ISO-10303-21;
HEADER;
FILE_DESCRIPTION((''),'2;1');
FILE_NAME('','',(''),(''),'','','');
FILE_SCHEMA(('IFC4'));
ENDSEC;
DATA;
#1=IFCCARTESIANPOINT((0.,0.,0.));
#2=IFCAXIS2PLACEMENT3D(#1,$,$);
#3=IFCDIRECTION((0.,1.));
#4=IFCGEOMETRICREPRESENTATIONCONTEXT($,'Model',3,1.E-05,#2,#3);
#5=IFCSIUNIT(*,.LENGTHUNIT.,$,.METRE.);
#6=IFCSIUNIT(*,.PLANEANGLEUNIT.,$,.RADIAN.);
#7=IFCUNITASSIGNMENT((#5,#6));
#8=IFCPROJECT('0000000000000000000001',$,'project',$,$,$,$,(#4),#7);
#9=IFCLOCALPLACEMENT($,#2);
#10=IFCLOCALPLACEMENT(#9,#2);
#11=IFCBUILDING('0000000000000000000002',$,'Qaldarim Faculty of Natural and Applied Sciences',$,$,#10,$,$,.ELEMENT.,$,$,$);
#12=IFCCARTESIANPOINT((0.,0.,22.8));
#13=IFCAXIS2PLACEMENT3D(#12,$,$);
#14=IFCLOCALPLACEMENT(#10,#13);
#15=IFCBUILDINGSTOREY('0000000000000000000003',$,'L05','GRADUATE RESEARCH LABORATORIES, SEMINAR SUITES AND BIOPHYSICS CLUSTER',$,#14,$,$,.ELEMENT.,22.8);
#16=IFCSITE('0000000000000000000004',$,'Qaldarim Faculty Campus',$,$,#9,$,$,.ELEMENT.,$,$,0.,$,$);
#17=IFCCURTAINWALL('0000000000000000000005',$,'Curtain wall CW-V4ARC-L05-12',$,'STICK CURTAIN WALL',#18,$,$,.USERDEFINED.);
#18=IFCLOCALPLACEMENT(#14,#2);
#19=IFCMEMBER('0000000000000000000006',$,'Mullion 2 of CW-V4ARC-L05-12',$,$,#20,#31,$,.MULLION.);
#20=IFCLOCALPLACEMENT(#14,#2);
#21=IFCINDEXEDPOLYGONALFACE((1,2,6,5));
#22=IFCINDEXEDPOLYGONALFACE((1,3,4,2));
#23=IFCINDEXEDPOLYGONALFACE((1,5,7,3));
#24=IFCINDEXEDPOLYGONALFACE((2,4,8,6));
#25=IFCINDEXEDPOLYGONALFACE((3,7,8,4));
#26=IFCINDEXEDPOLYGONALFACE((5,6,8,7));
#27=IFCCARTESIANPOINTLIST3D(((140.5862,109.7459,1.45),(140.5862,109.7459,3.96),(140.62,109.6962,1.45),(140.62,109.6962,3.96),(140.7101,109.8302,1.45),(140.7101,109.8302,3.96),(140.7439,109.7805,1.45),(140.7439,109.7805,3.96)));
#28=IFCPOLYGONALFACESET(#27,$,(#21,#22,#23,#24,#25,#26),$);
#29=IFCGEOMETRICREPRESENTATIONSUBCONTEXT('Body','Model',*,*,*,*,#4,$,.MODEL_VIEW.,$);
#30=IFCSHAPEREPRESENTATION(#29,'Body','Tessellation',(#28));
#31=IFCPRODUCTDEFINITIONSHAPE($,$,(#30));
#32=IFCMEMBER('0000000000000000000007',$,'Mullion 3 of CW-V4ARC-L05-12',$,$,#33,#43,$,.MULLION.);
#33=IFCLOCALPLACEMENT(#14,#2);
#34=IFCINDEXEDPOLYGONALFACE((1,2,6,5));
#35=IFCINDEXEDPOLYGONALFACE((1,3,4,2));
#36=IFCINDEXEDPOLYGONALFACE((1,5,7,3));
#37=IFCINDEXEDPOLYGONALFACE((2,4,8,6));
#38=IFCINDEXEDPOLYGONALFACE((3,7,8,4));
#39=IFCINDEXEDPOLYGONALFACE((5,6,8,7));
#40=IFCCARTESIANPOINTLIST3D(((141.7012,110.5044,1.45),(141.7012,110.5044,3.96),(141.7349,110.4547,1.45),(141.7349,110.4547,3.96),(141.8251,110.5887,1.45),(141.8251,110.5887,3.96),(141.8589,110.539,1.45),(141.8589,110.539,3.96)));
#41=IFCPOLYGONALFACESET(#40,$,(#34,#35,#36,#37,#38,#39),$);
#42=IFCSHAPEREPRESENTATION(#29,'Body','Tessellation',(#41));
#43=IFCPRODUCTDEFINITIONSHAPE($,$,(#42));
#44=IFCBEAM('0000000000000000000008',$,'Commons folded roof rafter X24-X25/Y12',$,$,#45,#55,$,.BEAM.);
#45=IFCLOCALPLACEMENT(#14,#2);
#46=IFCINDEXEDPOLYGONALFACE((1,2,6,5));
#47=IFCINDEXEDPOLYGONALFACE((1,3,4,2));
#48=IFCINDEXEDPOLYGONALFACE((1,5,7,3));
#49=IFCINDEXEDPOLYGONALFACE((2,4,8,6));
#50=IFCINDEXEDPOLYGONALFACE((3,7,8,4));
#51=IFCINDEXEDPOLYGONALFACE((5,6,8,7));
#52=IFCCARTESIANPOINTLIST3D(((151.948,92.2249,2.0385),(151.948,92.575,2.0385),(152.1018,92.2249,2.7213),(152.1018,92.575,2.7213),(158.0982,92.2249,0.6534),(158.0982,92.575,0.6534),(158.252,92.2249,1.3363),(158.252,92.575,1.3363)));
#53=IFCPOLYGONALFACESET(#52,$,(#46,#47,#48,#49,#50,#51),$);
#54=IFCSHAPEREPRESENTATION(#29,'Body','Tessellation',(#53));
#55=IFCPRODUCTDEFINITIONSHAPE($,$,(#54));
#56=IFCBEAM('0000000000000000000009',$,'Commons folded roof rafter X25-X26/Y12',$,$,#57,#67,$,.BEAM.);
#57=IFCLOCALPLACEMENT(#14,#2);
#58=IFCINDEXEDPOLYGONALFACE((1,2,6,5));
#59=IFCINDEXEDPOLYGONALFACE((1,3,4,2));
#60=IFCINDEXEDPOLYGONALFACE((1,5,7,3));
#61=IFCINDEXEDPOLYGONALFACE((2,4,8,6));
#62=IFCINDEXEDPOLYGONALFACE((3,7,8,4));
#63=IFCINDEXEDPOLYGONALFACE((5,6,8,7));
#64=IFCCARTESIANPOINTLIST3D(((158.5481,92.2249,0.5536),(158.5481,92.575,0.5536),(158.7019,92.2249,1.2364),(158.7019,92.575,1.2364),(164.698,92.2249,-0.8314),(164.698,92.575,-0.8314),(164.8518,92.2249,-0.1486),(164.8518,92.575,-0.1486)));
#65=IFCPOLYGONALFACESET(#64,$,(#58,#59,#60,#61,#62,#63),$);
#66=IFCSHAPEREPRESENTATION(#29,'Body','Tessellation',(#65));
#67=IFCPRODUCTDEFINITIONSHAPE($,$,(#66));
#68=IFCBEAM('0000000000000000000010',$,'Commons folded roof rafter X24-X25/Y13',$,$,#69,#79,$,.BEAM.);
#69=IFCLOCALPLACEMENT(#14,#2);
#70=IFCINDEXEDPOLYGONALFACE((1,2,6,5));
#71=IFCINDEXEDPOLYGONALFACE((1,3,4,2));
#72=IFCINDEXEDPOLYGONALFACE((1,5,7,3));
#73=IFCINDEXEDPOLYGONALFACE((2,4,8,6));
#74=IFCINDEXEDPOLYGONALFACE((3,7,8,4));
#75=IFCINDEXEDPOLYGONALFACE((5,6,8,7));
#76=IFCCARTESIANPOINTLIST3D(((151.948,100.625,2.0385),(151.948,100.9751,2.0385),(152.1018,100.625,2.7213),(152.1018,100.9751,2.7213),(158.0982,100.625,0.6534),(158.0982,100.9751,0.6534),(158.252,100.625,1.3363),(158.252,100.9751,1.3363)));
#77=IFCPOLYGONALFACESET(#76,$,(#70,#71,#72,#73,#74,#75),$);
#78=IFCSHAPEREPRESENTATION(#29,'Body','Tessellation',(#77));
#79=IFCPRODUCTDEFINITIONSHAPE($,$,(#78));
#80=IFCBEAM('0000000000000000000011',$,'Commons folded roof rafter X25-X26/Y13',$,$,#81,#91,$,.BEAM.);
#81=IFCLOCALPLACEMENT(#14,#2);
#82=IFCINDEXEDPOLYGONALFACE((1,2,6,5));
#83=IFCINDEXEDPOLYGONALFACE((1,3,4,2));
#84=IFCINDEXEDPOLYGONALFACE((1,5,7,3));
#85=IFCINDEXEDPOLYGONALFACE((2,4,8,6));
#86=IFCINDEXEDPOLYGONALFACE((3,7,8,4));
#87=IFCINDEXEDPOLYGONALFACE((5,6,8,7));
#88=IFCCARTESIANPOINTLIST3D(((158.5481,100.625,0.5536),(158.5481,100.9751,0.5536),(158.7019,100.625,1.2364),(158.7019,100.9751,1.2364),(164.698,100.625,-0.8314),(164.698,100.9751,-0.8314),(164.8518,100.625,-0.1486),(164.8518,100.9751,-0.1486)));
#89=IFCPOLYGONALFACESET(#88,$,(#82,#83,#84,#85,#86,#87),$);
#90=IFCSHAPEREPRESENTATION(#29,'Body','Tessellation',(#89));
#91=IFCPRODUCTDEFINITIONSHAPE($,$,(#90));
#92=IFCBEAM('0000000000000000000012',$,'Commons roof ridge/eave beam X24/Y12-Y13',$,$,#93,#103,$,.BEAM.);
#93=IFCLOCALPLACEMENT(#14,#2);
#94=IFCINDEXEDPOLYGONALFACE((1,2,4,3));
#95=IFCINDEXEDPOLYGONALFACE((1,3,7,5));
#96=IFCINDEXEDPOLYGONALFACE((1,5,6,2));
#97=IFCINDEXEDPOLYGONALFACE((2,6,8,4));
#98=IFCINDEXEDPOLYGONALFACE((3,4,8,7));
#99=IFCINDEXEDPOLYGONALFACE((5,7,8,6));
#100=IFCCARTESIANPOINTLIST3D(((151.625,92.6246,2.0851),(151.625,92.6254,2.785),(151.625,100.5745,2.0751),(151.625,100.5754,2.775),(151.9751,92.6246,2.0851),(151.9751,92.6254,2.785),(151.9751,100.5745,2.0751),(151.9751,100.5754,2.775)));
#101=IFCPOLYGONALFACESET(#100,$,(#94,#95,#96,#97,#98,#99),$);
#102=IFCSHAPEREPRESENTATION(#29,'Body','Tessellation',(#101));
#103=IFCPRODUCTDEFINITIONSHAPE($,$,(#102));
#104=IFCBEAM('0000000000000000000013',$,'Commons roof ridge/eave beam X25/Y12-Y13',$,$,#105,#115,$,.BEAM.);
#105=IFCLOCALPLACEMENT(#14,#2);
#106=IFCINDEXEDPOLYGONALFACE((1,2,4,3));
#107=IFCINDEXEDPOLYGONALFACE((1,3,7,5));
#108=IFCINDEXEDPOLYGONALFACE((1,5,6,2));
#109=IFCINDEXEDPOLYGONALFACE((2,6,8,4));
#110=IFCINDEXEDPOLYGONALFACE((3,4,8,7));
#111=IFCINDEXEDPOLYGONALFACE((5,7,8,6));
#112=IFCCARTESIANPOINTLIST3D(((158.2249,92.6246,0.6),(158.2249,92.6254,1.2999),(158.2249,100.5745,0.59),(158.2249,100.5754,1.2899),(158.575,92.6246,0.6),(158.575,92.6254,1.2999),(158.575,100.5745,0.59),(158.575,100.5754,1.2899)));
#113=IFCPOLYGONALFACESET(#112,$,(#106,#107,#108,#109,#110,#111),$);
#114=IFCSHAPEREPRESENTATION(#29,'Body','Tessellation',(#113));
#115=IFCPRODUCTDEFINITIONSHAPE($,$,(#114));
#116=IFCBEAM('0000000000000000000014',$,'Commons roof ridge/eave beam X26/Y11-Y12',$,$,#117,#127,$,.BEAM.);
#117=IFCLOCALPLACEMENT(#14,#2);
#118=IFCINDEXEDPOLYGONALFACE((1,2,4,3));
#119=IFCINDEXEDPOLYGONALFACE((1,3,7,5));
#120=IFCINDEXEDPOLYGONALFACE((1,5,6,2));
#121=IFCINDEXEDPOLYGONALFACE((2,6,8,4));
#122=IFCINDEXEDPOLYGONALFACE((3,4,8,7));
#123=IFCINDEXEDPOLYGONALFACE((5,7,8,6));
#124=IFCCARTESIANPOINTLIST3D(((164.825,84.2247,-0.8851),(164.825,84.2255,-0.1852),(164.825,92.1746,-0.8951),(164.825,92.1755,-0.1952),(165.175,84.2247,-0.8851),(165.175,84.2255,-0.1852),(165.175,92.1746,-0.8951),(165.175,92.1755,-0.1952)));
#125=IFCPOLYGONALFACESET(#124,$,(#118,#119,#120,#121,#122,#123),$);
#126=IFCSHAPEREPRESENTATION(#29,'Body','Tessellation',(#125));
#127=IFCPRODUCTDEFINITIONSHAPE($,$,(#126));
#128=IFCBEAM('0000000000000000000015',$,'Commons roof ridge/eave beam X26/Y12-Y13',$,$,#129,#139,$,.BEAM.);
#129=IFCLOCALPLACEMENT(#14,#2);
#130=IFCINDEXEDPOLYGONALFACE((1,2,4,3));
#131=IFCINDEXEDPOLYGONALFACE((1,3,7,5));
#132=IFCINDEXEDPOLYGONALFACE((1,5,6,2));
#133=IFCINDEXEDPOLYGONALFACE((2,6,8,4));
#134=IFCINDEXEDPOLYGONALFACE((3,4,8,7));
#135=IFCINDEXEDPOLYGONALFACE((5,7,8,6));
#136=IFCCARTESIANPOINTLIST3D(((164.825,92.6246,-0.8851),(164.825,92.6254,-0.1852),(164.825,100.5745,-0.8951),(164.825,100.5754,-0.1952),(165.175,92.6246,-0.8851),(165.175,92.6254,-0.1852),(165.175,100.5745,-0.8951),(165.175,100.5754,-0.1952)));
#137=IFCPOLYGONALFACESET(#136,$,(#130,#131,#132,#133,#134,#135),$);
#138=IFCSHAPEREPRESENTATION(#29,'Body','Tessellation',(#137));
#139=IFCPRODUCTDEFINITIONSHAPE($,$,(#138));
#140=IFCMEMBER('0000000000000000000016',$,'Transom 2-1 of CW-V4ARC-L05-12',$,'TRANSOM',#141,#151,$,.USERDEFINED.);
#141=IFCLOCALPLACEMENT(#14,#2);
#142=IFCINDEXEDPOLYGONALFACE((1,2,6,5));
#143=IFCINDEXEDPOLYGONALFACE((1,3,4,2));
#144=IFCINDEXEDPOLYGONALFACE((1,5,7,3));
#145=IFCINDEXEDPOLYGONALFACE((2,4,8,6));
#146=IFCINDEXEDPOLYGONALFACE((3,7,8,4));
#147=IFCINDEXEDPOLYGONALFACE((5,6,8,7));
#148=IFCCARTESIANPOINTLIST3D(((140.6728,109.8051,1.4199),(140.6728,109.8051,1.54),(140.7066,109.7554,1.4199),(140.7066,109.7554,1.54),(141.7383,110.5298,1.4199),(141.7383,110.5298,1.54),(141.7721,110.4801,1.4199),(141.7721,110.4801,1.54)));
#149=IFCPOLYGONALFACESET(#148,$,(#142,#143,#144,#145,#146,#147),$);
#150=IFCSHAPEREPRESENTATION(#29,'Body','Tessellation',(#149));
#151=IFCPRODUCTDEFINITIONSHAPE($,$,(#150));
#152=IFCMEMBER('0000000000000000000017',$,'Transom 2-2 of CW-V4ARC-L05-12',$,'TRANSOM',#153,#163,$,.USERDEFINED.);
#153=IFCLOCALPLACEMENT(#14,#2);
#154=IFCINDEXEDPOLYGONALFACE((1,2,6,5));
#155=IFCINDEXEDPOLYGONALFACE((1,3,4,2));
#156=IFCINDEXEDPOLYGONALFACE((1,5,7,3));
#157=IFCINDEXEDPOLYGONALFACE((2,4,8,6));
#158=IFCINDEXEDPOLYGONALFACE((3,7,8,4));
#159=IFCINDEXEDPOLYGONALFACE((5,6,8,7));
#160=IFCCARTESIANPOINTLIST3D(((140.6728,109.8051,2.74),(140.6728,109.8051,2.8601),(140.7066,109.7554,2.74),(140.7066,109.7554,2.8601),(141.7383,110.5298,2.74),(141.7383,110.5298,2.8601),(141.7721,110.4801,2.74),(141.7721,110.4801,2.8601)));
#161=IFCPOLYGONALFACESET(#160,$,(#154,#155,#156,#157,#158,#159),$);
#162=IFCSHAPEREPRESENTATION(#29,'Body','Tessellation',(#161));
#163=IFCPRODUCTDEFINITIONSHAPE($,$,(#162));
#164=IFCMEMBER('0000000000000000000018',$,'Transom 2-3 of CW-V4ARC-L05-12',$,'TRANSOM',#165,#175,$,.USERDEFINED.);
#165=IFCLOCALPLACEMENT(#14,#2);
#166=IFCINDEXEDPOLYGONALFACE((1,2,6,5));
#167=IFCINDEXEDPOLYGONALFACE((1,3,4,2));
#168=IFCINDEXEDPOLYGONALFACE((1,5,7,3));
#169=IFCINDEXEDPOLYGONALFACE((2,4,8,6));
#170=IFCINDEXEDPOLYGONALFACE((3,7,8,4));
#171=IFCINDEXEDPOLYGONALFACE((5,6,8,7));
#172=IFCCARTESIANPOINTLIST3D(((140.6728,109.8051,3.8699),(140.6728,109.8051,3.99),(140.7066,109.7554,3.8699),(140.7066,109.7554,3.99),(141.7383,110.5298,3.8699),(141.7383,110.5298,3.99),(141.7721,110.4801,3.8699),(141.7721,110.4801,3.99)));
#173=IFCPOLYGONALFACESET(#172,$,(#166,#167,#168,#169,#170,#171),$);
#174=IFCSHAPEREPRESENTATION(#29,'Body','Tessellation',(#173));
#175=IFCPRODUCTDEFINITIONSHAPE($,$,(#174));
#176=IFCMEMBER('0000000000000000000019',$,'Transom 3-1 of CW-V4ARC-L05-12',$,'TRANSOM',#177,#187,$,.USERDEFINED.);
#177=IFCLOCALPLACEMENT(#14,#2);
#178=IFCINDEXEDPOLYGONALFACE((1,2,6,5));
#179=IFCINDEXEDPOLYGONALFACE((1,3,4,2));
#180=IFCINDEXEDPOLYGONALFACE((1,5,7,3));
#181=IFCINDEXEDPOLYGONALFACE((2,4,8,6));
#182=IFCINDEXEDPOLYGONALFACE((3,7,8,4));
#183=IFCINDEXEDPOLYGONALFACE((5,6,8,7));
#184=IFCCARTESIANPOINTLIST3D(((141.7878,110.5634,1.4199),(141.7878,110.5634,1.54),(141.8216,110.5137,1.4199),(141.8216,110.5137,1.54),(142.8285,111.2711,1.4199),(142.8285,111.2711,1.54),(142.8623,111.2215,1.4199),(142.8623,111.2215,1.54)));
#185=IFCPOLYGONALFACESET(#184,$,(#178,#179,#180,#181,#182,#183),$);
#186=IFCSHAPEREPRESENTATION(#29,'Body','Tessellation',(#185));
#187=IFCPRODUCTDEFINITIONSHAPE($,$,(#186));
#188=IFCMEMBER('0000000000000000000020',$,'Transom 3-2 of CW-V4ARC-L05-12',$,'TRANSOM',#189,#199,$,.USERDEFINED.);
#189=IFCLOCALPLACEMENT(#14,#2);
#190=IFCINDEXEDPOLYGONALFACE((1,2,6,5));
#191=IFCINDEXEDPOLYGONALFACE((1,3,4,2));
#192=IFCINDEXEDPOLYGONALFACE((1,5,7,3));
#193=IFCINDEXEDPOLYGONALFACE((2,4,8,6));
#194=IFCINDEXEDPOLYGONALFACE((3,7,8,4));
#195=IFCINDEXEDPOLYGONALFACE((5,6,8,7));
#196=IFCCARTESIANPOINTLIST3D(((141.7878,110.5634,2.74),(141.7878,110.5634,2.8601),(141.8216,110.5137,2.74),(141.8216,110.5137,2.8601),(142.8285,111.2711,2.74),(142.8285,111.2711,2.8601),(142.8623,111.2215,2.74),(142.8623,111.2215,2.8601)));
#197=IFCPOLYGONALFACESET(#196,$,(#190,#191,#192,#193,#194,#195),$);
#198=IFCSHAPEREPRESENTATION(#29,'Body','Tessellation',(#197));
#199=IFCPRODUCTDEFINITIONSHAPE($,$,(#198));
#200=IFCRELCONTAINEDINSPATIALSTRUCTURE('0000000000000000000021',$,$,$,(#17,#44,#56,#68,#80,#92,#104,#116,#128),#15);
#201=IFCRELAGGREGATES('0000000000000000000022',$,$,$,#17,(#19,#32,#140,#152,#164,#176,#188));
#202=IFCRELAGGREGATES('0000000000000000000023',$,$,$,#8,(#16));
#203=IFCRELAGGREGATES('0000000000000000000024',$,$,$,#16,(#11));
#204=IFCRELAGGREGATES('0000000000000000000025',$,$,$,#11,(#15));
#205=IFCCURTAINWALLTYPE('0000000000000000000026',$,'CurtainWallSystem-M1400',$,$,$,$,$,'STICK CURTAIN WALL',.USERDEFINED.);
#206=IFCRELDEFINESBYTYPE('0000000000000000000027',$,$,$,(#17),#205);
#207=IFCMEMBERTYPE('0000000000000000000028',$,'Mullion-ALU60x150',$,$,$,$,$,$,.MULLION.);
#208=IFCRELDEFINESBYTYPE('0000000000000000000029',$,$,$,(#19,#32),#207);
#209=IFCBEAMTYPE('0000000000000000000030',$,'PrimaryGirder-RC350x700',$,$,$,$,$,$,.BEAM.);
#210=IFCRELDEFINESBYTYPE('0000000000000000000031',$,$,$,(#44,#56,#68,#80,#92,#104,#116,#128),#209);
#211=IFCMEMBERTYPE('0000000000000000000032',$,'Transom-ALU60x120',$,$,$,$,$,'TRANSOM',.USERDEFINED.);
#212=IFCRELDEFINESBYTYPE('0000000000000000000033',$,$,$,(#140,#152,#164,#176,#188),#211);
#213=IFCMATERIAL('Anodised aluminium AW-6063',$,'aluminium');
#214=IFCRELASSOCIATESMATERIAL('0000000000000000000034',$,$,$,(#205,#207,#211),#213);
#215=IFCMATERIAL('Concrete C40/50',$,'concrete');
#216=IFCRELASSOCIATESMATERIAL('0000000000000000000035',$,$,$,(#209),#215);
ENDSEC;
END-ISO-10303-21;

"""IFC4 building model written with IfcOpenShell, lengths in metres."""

from ifc_helpers import new_model, si_unit, direction, frame, origin, origin_2d, place, context, subcontext, project, spatial, rectangle, extrude, material, material_profile, profile_set, type_object, element, aggregate, save


model = new_model("IFC4")

# Units and contexts
model_context = context("Model", 3, precision=1e-05, world=origin(), true_north=direction((0.0, 1.0)))
body_context = subcontext(model_context, "Body", "Model", "MODEL_VIEW")
ifc_project = project(units=[si_unit("LENGTHUNIT", "METRE"), si_unit("PLANEANGLEUNIT", "RADIAN")], contexts=[model_context])

# Site, building, storey
site_placement = place(None, origin())
site = spatial("IfcSite", under=ifc_project, at=site_placement, Name="Qaldarim Faculty Campus", CompositionType="ELEMENT", RefElevation=0.0)
building_placement = place(site_placement, origin())
building = spatial("IfcBuilding", under=site, at=building_placement, Name="Qaldarim Faculty of Natural and Applied Sciences", CompositionType="ELEMENT")
storey_placement = place(building_placement, frame((0.0, 0.0, 22.8)))
storey = spatial("IfcBuildingStorey", under=building, at=storey_placement, Name="L05", Description="GRADUATE RESEARCH LABORATORIES, SEMINAR SUITES AND BIOPHYSICS CLUSTER", CompositionType="ELEMENT", Elevation=22.8)

# Curtain wall, members
ifc_material_1 = material(Name="Anodised aluminium AW-6063", Category="aluminium")
curtain_wall_type = type_object("IfcCurtainWallType", Name="CurtainWallSystem-M1400", ElementType="STICK CURTAIN WALL", PredefinedType="USERDEFINED", material=ifc_material_1)
curtain_wall_placement = place(storey_placement, origin())
curtain_wall = element("IfcCurtainWall", 1, at=curtain_wall_placement, inside=storey, type_object=curtain_wall_type, Name="Curtain wall CW-V4ARC-L05-12", ObjectType="STICK CURTAIN WALL", PredefinedType="USERDEFINED")
ifc_material_profile_1 = material_profile(ifc_material_1, rectangle(XDim=0.0601, YDim=0.1499, at=origin_2d()), Name="ALU-M60x150")
ifc_profile_set_1 = profile_set([ifc_material_profile_1], Name="Anodised aluminium AW-6063")
member_type_1 = type_object("IfcMemberType", Name="Mullion-ALU60x150", PredefinedType="MULLION", material=ifc_profile_set_1)
member_1_placement = place(storey_placement, frame((140.665, 109.7632, 1.45), z_axis=(0.0, 0.0, 1.0), x_axis=(-0.562372, 0.826884, 0.0)))
member_1 = element("IfcMember", 2, at=member_1_placement, type_object=member_type_1, Name="Mullion 2 of CW-V4ARC-L05-12", PredefinedType="MULLION", context=body_context, shape_type="SweptSolid", body=[
    extrude(rectangle(XDim=0.0601, YDim=0.1499, at=origin_2d()), origin(), (0.0, 0.0, 1.0), 2.51),
])
member_2_placement = place(storey_placement, frame((141.78, 110.5217, 1.45), z_axis=(0.0, 0.0, 1.0), x_axis=(-0.562372, 0.826884, 0.0)))
member_2 = element("IfcMember", 3, at=member_2_placement, type_object=member_type_1, Name="Mullion 3 of CW-V4ARC-L05-12", PredefinedType="MULLION", context=body_context, shape_type="SweptSolid", body=[
    extrude(rectangle(XDim=0.0601, YDim=0.1499, at=origin_2d()), origin(), (0.0, 0.0, 1.0), 2.51),
])

# Beams
ifc_material_2 = material(Name="Concrete C40/50", Category="concrete")
ifc_material_profile_2 = material_profile(ifc_material_2, rectangle(XDim=0.3501, YDim=0.7, at=origin_2d()), Name="RC-B350x700")
ifc_profile_set_2 = profile_set([ifc_material_profile_2], Name="Concrete C40/50")
beam_type = type_object("IfcBeamType", Name="PrimaryGirder-RC350x700", PredefinedType="BEAM", material=ifc_profile_set_2)
beam_1_placement = place(storey_placement, frame((152.0249, 92.3999, 2.3799), z_axis=(0.975568, 0.0, -0.219697), x_axis=(0.0, 1.0, 0.0)))
element("IfcBeam", 4, at=beam_1_placement, inside=storey, type_object=beam_type, Name="Commons folded roof rafter X24-X25/Y12", PredefinedType="BEAM", context=body_context, shape_type="SweptSolid", body=[
    extrude(rectangle(XDim=0.3501, YDim=0.7, at=origin_2d()), origin(), (0.0, 0.0, 1.0), 6.3042),
])
beam_2_placement = place(storey_placement, frame((158.625, 92.3999, 0.895), z_axis=(0.975566, 0.0, -0.219706), x_axis=(0.0, 1.0, 0.0)))
element("IfcBeam", 5, at=beam_2_placement, inside=storey, type_object=beam_type, Name="Commons folded roof rafter X25-X26/Y12", PredefinedType="BEAM", context=body_context, shape_type="SweptSolid", body=[
    extrude(rectangle(XDim=0.3501, YDim=0.7, at=origin_2d()), origin(), (0.0, 0.0, 1.0), 6.304),
])
beam_3_placement = place(storey_placement, frame((152.0249, 100.8, 2.3799), z_axis=(0.975568, 0.0, -0.219697), x_axis=(0.0, 1.0, 0.0)))
element("IfcBeam", 6, at=beam_3_placement, inside=storey, type_object=beam_type, Name="Commons folded roof rafter X24-X25/Y13", PredefinedType="BEAM", context=body_context, shape_type="SweptSolid", body=[
    extrude(rectangle(XDim=0.3501, YDim=0.7, at=origin_2d()), origin(), (0.0, 0.0, 1.0), 6.3042),
])
beam_4_placement = place(storey_placement, frame((158.625, 100.8, 0.895), z_axis=(0.975566, 0.0, -0.219706), x_axis=(0.0, 1.0, 0.0)))
element("IfcBeam", 7, at=beam_4_placement, inside=storey, type_object=beam_type, Name="Commons folded roof rafter X25-X26/Y13", PredefinedType="BEAM", context=body_context, shape_type="SweptSolid", body=[
    extrude(rectangle(XDim=0.3501, YDim=0.7, at=origin_2d()), origin(), (0.0, 0.0, 1.0), 6.304),
])
for number, where, z_axis, x_axis, name in (
    (8, (151.8, 92.625, 2.4351), (0.0, 0.999999, -0.001259), (-1.0, 0.0, 0.0), "Commons roof ridge/eave beam X24/Y12-Y13"),
    (9, (158.3999, 92.625, 0.95), (0.0, 0.999999, -0.001259), (-1.0, 0.0, 0.0), "Commons roof ridge/eave beam X25/Y12-Y13"),
    (10, (165.0, 84.2251, -0.5352), (0.0, 0.999999, -0.001259), (-1.0, 0.0, 0.0), "Commons roof ridge/eave beam X26/Y11-Y12"),
    (11, (165.0, 92.625, -0.5352), (0.0, 0.999999, -0.001259), (-1.0, 0.0, 0.0), "Commons roof ridge/eave beam X26/Y12-Y13"),
):
    element("IfcBeam", number, at=place(storey_placement, frame(where, z_axis=z_axis, x_axis=x_axis)), inside=storey, type_object=beam_type, Name=name, PredefinedType="BEAM", context=body_context, shape_type="SweptSolid", body=[
        extrude(rectangle(XDim=0.3501, YDim=0.7, at=origin_2d()), origin(), (0.0, 0.0, 1.0), 7.95),
    ])

# Members
ifc_material_profile_3 = material_profile(ifc_material_1, rectangle(XDim=0.0601, YDim=0.1201, at=origin_2d()), Name="ALU-T60x120")
ifc_profile_set_3 = profile_set([ifc_material_profile_3], Name="Anodised aluminium AW-6063")
member_type_2 = type_object("IfcMemberType", Name="Transom-ALU60x120", ElementType="TRANSOM", PredefinedType="USERDEFINED", material=ifc_profile_set_3)
member_3_placement = place(storey_placement, frame((140.6897, 109.7803, 1.48), z_axis=(0.826884, 0.562372, 0.0), x_axis=(-0.562372, 0.826884, 0.0)))
member_3 = element("IfcMember", 12, at=member_3_placement, type_object=member_type_2, Name="Transom 2-1 of CW-V4ARC-L05-12", ObjectType="TRANSOM", PredefinedType="USERDEFINED", context=body_context, shape_type="SweptSolid", body=[
    extrude(rectangle(XDim=0.0601, YDim=0.1201, at=origin_2d()), origin(), (0.0, 0.0, 1.0), 1.2886),
])
member_4_placement = place(storey_placement, frame((140.6897, 109.7803, 2.8), z_axis=(0.826884, 0.562372, 0.0), x_axis=(-0.562372, 0.826884, 0.0)))
member_4 = element("IfcMember", 13, at=member_4_placement, type_object=member_type_2, Name="Transom 2-2 of CW-V4ARC-L05-12", ObjectType="TRANSOM", PredefinedType="USERDEFINED", context=body_context, shape_type="SweptSolid", body=[
    extrude(rectangle(XDim=0.0601, YDim=0.1201, at=origin_2d()), origin(), (0.0, 0.0, 1.0), 1.2886),
])
member_5_placement = place(storey_placement, frame((140.6897, 109.7803, 3.9299), z_axis=(0.826884, 0.562372, 0.0), x_axis=(-0.562372, 0.826884, 0.0)))
member_5 = element("IfcMember", 14, at=member_5_placement, type_object=member_type_2, Name="Transom 2-3 of CW-V4ARC-L05-12", ObjectType="TRANSOM", PredefinedType="USERDEFINED", context=body_context, shape_type="SweptSolid", body=[
    extrude(rectangle(XDim=0.0601, YDim=0.1201, at=origin_2d()), origin(), (0.0, 0.0, 1.0), 1.2886),
])
member_6_placement = place(storey_placement, frame((141.8047, 110.5386, 1.48), z_axis=(0.826912, 0.562331, 0.0), x_axis=(-0.562331, 0.826912, 0.0)))
member_6 = element("IfcMember", 15, at=member_6_placement, type_object=member_type_2, Name="Transom 3-1 of CW-V4ARC-L05-12", ObjectType="TRANSOM", PredefinedType="USERDEFINED", context=body_context, shape_type="SweptSolid", body=[
    extrude(rectangle(XDim=0.0601, YDim=0.1201, at=origin_2d()), origin(), (0.0, 0.0, 1.0), 1.2585),
])
member_7_placement = place(storey_placement, frame((141.8047, 110.5386, 2.8), z_axis=(0.826912, 0.562331, 0.0), x_axis=(-0.562331, 0.826912, 0.0)))
member_7 = element("IfcMember", 16, at=member_7_placement, type_object=member_type_2, Name="Transom 3-2 of CW-V4ARC-L05-12", ObjectType="TRANSOM", PredefinedType="USERDEFINED", context=body_context, shape_type="SweptSolid", body=[
    extrude(rectangle(XDim=0.0601, YDim=0.1201, at=origin_2d()), origin(), (0.0, 0.0, 1.0), 1.2585),
])

aggregate(curtain_wall, [member_1, member_2, member_3, member_4, member_5, member_6, member_7])

save(model, "model.ifc")
